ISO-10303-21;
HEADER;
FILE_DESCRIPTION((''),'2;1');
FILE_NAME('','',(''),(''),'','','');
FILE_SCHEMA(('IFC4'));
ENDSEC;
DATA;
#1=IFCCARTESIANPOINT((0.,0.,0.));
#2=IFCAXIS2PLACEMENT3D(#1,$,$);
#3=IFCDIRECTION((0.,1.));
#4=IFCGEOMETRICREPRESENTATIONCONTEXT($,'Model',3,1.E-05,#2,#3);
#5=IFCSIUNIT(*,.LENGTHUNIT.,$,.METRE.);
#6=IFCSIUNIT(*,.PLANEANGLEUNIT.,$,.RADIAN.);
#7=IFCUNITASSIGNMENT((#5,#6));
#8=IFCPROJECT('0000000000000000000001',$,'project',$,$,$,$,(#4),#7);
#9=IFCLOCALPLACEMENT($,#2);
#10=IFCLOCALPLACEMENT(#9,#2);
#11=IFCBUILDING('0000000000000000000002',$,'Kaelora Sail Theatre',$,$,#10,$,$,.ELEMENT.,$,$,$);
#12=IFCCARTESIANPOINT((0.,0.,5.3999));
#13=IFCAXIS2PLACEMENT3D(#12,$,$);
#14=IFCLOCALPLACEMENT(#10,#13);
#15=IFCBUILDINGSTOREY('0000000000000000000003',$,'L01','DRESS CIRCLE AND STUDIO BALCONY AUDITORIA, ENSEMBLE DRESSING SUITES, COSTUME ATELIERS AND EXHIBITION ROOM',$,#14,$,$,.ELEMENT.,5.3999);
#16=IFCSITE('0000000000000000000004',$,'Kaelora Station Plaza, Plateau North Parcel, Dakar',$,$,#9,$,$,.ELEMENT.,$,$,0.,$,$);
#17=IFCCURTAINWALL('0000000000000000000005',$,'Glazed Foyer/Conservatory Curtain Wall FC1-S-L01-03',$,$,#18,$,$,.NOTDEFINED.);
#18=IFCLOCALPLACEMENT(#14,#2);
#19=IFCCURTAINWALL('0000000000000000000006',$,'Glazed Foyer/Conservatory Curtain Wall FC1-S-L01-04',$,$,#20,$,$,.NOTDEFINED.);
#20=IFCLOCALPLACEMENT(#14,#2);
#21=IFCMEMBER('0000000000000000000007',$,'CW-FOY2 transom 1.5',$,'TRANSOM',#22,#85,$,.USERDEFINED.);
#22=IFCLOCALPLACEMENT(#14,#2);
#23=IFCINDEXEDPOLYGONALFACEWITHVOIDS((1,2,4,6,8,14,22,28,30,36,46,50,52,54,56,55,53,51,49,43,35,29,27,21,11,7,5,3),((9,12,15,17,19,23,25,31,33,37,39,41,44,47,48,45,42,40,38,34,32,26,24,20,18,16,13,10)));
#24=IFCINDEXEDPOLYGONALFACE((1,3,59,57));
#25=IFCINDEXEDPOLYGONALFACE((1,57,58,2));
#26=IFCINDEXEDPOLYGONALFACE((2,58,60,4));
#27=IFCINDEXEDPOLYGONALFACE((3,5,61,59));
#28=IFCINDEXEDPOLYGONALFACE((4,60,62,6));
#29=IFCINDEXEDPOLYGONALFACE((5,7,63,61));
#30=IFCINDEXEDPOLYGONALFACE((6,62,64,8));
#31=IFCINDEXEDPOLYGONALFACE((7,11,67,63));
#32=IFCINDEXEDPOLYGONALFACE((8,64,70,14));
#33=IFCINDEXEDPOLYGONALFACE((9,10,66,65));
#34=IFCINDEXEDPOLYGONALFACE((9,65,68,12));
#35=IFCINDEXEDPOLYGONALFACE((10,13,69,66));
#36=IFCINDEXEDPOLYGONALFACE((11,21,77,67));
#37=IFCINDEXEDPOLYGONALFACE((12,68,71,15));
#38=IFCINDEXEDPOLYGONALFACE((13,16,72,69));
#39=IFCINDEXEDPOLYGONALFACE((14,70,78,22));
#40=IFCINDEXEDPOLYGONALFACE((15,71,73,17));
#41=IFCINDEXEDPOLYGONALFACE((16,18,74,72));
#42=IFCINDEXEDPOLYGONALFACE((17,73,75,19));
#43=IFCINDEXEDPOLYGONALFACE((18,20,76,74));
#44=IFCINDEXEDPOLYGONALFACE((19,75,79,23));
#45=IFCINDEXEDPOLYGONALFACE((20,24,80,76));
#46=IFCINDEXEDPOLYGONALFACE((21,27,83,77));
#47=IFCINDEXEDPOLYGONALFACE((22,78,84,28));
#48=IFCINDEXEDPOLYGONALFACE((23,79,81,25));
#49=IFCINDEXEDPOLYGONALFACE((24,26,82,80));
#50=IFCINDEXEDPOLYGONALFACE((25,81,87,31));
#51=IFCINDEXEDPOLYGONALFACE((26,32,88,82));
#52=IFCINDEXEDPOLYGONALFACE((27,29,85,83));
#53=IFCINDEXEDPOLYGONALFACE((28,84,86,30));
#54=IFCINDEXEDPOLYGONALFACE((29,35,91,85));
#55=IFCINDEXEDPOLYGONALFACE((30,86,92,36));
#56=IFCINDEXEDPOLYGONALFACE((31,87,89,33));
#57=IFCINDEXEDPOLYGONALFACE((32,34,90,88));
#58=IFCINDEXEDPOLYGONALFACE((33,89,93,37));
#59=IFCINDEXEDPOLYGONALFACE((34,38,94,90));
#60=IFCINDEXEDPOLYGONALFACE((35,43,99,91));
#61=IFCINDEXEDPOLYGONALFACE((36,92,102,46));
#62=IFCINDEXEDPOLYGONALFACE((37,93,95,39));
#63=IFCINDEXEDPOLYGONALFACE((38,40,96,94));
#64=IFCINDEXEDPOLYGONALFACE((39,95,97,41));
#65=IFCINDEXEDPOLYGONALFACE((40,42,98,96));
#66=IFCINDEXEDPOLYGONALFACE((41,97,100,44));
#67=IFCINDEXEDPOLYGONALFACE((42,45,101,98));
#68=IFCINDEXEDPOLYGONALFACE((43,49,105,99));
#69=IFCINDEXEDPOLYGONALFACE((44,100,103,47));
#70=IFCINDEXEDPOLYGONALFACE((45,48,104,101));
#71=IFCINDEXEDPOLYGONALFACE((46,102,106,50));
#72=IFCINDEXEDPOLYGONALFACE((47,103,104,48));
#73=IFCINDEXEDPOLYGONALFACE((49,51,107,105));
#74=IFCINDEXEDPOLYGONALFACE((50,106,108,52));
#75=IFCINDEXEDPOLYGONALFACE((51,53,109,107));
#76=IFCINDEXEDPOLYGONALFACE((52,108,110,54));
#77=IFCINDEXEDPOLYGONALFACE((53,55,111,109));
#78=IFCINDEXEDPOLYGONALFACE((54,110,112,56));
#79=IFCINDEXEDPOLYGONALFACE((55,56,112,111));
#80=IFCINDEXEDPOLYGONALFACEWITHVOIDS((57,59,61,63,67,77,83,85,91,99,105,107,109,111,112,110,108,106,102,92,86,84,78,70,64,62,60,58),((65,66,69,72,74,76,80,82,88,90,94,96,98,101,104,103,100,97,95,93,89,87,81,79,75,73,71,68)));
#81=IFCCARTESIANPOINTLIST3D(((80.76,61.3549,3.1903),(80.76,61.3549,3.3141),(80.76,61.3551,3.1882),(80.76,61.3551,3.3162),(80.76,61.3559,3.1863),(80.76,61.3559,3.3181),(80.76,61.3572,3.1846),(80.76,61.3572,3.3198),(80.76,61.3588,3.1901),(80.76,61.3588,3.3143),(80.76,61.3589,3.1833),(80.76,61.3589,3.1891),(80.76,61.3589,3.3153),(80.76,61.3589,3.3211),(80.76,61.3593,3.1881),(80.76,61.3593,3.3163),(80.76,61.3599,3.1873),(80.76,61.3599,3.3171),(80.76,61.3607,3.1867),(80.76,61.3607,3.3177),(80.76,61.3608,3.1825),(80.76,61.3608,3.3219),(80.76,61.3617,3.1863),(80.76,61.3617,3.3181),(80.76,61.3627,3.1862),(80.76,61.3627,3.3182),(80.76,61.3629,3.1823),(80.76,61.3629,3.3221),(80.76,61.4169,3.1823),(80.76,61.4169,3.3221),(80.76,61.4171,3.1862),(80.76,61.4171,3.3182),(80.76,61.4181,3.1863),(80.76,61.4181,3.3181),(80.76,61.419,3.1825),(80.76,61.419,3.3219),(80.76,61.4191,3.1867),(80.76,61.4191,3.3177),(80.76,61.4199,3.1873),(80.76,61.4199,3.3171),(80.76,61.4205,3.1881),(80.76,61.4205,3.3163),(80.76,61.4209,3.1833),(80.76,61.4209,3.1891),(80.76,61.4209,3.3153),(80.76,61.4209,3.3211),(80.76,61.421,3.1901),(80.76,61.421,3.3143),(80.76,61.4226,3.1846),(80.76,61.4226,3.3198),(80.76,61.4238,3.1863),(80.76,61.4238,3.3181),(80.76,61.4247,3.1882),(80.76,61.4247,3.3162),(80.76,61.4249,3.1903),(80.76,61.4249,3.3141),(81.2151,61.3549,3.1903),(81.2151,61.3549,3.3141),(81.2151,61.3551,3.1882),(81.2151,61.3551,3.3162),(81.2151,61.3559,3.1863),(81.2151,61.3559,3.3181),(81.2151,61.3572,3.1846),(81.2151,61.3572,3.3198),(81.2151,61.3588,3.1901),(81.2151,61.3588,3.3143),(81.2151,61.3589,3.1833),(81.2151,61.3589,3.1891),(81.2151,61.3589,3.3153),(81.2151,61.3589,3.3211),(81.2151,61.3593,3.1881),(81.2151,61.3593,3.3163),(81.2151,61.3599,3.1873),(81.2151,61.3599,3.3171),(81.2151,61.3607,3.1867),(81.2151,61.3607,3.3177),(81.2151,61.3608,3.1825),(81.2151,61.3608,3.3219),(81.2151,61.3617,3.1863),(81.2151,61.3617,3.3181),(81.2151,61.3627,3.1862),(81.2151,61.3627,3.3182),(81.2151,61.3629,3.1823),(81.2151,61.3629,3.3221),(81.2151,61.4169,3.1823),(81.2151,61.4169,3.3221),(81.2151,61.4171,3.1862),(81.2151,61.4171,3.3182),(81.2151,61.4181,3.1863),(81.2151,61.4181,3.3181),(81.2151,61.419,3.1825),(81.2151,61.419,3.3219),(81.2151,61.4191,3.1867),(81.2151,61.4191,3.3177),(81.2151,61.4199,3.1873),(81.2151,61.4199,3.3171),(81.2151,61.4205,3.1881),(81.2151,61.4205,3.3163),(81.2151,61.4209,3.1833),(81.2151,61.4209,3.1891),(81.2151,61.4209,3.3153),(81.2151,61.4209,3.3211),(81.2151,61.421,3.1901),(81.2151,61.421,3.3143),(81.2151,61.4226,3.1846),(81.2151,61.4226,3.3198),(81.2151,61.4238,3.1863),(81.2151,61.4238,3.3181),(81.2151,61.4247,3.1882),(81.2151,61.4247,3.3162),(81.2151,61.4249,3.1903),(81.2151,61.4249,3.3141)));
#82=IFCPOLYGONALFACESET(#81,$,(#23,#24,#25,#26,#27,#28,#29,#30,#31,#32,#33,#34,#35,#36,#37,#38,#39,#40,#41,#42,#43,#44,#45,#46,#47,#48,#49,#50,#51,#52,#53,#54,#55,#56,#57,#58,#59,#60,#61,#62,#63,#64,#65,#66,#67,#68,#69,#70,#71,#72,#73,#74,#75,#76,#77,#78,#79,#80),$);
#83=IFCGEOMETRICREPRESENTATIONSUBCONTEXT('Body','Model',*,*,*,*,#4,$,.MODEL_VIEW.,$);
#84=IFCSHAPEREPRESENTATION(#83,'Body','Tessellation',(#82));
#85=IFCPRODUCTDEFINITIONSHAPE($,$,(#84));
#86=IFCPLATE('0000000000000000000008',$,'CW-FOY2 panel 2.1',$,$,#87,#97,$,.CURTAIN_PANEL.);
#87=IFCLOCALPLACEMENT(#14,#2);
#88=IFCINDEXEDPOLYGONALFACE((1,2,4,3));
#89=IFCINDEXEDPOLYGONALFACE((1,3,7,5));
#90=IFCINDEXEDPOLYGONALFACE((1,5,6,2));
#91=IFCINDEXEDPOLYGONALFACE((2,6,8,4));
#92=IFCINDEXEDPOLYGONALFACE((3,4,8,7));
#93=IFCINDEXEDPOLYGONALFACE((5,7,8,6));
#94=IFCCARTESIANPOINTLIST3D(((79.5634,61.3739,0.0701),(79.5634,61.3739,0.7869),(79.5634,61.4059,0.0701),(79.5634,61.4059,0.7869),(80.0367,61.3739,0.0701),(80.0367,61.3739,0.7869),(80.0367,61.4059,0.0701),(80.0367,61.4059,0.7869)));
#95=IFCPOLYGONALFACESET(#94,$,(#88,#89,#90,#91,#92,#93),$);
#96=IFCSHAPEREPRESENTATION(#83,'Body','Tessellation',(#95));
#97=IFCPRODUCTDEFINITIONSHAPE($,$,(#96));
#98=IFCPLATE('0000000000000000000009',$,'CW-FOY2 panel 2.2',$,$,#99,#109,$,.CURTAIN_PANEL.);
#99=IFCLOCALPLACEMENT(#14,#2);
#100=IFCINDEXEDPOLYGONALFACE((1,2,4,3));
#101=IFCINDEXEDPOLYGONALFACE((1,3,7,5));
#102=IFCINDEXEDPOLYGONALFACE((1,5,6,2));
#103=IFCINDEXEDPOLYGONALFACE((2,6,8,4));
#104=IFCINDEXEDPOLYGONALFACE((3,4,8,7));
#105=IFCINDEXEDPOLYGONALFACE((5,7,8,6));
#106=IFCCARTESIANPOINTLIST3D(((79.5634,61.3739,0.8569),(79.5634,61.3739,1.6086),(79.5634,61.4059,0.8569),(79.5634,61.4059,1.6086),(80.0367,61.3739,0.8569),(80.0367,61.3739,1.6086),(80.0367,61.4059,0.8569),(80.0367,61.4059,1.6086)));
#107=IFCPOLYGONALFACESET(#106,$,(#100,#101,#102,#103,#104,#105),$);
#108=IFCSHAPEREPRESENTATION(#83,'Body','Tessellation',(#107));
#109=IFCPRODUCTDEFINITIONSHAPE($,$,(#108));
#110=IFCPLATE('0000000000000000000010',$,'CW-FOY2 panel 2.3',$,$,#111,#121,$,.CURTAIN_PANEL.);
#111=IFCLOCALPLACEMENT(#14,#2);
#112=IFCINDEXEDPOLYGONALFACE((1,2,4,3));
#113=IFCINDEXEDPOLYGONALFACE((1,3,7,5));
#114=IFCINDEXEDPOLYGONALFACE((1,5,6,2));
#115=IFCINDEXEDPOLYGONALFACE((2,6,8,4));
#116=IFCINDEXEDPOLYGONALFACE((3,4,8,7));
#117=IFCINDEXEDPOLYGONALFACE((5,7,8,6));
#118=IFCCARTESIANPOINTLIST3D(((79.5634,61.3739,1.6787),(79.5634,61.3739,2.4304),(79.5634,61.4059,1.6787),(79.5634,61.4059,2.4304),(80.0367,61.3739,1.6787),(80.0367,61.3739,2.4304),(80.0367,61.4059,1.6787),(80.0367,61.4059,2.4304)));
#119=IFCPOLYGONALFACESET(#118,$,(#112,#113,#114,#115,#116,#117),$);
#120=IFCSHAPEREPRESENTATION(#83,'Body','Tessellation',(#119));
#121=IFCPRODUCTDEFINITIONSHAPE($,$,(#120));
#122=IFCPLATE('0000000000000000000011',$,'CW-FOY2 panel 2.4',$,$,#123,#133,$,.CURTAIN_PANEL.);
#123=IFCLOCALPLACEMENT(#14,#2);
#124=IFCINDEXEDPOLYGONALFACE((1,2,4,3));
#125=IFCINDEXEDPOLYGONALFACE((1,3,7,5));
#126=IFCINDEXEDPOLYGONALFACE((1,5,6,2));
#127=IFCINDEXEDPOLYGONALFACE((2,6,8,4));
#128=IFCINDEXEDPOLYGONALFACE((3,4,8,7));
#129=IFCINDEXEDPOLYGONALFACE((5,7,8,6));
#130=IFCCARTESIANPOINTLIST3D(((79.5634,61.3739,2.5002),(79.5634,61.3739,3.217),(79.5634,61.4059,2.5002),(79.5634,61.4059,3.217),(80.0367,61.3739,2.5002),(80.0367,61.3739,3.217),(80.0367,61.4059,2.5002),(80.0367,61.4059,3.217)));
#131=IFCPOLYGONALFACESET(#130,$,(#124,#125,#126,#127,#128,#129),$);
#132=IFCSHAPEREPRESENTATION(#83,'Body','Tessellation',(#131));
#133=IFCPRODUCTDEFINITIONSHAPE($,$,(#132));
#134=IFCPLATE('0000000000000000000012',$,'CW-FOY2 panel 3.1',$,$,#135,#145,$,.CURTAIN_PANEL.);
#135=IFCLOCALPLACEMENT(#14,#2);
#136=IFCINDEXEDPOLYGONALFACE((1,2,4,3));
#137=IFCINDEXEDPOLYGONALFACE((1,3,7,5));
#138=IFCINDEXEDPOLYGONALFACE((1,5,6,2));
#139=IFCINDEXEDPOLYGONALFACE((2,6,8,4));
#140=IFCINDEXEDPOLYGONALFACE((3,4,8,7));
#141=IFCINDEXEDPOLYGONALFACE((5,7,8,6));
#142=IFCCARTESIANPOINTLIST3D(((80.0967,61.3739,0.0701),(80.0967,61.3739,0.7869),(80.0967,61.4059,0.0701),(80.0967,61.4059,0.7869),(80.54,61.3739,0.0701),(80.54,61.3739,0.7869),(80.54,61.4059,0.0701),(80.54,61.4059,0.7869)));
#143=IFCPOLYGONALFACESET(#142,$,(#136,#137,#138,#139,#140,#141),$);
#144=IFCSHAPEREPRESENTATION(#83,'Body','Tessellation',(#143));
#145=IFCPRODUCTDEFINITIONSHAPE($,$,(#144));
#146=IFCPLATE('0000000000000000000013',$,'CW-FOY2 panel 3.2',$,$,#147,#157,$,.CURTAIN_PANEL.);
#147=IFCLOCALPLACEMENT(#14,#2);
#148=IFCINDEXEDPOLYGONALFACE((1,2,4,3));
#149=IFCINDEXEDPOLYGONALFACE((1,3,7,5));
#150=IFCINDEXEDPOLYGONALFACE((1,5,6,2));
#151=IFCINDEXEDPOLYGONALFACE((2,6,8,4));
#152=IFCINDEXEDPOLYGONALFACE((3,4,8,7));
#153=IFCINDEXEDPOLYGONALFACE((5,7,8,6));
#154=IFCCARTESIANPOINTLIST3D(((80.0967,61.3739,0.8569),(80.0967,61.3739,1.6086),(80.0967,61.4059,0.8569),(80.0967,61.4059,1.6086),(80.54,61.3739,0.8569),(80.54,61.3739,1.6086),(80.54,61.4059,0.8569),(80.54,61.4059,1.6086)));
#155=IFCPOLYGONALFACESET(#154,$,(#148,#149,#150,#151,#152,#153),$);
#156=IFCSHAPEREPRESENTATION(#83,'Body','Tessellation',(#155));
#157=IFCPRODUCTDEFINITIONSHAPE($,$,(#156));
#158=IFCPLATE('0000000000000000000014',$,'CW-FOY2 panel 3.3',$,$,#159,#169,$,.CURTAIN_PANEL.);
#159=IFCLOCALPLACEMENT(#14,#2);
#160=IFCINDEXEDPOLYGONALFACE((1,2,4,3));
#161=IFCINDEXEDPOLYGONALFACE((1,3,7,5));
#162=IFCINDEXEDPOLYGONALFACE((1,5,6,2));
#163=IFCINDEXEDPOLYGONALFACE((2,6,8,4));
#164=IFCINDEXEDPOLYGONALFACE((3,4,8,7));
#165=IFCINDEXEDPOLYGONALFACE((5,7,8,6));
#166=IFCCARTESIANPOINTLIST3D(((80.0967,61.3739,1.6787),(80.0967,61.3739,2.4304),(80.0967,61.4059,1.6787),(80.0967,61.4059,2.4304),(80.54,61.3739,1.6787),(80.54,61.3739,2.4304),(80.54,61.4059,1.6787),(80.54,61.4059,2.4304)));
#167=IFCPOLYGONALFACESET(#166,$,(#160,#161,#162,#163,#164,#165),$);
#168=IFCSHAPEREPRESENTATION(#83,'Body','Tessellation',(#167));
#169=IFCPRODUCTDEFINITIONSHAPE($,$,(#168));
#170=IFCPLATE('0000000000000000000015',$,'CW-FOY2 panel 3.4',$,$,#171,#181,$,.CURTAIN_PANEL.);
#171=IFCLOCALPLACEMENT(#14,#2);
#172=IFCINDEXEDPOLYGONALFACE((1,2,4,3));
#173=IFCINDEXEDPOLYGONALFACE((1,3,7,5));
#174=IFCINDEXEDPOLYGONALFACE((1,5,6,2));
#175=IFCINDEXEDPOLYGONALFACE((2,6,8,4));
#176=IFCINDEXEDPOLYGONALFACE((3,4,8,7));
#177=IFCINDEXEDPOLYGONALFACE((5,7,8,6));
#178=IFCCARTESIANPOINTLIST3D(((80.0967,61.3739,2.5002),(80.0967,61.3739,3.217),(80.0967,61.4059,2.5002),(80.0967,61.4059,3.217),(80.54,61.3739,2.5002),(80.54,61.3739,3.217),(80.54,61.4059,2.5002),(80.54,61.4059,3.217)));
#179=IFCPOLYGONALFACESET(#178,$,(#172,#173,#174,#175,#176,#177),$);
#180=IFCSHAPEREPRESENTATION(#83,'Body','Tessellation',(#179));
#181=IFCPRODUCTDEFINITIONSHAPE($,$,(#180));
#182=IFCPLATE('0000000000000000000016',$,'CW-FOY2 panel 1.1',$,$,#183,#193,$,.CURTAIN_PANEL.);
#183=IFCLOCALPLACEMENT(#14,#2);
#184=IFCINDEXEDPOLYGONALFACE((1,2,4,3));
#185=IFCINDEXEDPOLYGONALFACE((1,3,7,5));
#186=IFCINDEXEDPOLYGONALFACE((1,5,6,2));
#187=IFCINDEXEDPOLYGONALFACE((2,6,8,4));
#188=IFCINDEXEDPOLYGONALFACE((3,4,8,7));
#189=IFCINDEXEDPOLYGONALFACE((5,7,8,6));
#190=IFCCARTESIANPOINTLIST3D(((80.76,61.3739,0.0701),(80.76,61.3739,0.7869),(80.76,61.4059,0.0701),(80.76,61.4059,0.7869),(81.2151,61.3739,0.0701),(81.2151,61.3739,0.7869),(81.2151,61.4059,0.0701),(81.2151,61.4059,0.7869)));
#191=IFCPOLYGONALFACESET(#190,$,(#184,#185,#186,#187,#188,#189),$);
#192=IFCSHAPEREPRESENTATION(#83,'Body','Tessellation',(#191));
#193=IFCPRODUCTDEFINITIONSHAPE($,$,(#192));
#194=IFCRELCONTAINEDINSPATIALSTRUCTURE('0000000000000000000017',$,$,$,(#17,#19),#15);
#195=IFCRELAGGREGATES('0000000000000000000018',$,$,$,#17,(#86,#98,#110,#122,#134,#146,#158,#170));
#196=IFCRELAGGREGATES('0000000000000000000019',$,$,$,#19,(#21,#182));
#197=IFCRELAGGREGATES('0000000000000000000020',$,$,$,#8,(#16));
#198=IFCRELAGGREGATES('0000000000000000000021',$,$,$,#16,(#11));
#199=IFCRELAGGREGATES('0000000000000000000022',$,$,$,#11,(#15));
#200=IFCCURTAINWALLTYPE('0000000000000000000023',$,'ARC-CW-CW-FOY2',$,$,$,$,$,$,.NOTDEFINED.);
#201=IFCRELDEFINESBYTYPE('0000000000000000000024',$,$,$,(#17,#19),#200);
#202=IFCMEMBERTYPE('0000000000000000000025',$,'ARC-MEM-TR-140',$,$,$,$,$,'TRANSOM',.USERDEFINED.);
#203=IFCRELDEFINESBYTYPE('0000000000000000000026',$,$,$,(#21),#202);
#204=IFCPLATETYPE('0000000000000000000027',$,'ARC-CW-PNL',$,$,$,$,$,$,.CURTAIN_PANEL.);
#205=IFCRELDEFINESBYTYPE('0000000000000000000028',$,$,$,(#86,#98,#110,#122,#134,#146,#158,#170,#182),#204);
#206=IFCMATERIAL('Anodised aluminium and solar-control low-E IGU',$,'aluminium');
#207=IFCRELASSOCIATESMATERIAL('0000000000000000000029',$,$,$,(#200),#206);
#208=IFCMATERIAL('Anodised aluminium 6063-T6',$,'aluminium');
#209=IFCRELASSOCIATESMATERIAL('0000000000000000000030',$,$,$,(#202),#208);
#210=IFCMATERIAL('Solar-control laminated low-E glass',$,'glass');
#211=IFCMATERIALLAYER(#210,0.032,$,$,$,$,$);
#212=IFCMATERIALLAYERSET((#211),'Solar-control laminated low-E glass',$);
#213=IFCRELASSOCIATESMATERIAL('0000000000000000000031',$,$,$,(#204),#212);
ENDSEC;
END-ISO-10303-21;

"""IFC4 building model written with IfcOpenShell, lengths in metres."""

from ifc_helpers import new_model, si_unit, direction, frame, origin, origin_2d, place, context, subcontext, project, spatial, rectangle, hollow_rectangle, extrude, material, layer, layer_set, material_profile, profile_set, type_object, element, aggregate, save


model = new_model("IFC4")

# Units and contexts
model_context = context("Model", 3, precision=1e-05, world=origin(), true_north=direction((0.0, 1.0)))
body_context = subcontext(model_context, "Body", "Model", "MODEL_VIEW")
ifc_project = project(units=[si_unit("LENGTHUNIT", "METRE"), si_unit("PLANEANGLEUNIT", "RADIAN")], contexts=[model_context])

# Site, building, storey
site_placement = place(None, origin())
site = spatial("IfcSite", under=ifc_project, at=site_placement, Name="Kaelora Station Plaza, Plateau North Parcel, Dakar", CompositionType="ELEMENT", RefElevation=0.0)
building_placement = place(site_placement, origin())
building = spatial("IfcBuilding", under=site, at=building_placement, Name="Kaelora Sail Theatre", CompositionType="ELEMENT")
storey_placement = place(building_placement, frame((0.0, 0.0, 5.3999)))
storey = spatial("IfcBuildingStorey", under=building, at=storey_placement, Name="L01", Description="DRESS CIRCLE AND STUDIO BALCONY AUDITORIA, ENSEMBLE DRESSING SUITES, COSTUME ATELIERS AND EXHIBITION ROOM", CompositionType="ELEMENT", Elevation=5.3999)

# Curtain wall
ifc_material_1 = material(Name="Anodised aluminium and solar-control low-E IGU", Category="aluminium")
curtain_wall_type = type_object("IfcCurtainWallType", Name="ARC-CW-CW-FOY2", PredefinedType="NOTDEFINED", material=ifc_material_1)
curtain_wall_1_placement = place(storey_placement, origin())
curtain_wall_1 = element("IfcCurtainWall", 1, at=curtain_wall_1_placement, inside=storey, type_object=curtain_wall_type, Name="Glazed Foyer/Conservatory Curtain Wall FC1-S-L01-03", PredefinedType="NOTDEFINED")

# Curtain wall
curtain_wall_2_placement = place(storey_placement, origin())
curtain_wall_2 = element("IfcCurtainWall", 2, at=curtain_wall_2_placement, inside=storey, type_object=curtain_wall_type, Name="Glazed Foyer/Conservatory Curtain Wall FC1-S-L01-04", PredefinedType="NOTDEFINED")

# Member
ifc_material_2 = material(Name="Anodised aluminium 6063-T6", Category="aluminium")
ifc_material_profile_1 = material_profile(ifc_material_2, hollow_rectangle(XDim=0.0701, YDim=0.1399, WallThickness=0.0039, InnerFilletRadius=0.0039, OuterFilletRadius=0.0081, at=origin_2d()), Name="ALU-TRAN 70x140x4")
ifc_profile_set_1 = profile_set([ifc_material_profile_1], Name="Anodised aluminium 6063-T6")
member_type_1 = type_object("IfcMemberType", Name="ARC-MEM-TR-140", ElementType="TRANSOM", PredefinedType="USERDEFINED", material=ifc_profile_set_1)
member_1_placement = place(storey_placement, frame((80.76, 61.3899, 3.2522), z_axis=(1.0, 0.0, 0.0), x_axis=(0.0, 1.0, 0.0)))
member_1 = element("IfcMember", 3, at=member_1_placement, type_object=member_type_1, Name="CW-FOY2 transom 1.5", ObjectType="TRANSOM", PredefinedType="USERDEFINED", context=body_context, shape_type="SweptSolid", body=[
    extrude(hollow_rectangle(XDim=0.0701, YDim=0.1399, WallThickness=0.0039, InnerFilletRadius=0.0039, OuterFilletRadius=0.0081, at=origin_2d()), origin(), (0.0, 0.0, 1.0), 0.4551),
])

# Plates
ifc_material_3 = material(Name="Solar-control laminated low-E glass", Category="glass")
ifc_layer = layer(ifc_material_3, 0.032)
ifc_layer_set = layer_set([ifc_layer], Name="Solar-control laminated low-E glass")
plate_type = type_object("IfcPlateType", Name="ARC-CW-PNL", PredefinedType="CURTAIN_PANEL", material=ifc_layer_set)
plate_1_placement = place(storey_placement, frame((79.8, 61.3899, 0.0701), z_axis=(0.0, 0.0, 1.0), x_axis=(1.0, 0.0, 0.0)))
plate_1 = element("IfcPlate", 4, at=plate_1_placement, type_object=plate_type, Name="CW-FOY2 panel 2.1", PredefinedType="CURTAIN_PANEL", context=body_context, shape_type="SweptSolid", body=[
    extrude(rectangle(XDim=0.4734, YDim=0.032, at=origin_2d()), origin(), (0.0, 0.0, 1.0), 0.7168),
])
plate_2_placement = place(storey_placement, frame((79.8, 61.3899, 0.8569), z_axis=(0.0, 0.0, 1.0), x_axis=(1.0, 0.0, 0.0)))
plate_2 = element("IfcPlate", 5, at=plate_2_placement, type_object=plate_type, Name="CW-FOY2 panel 2.2", PredefinedType="CURTAIN_PANEL", context=body_context, shape_type="SweptSolid", body=[
    extrude(rectangle(XDim=0.4734, YDim=0.032, at=origin_2d()), origin(), (0.0, 0.0, 1.0), 0.7517),
])
plate_3_placement = place(storey_placement, frame((79.8, 61.3899, 1.6787), z_axis=(0.0, 0.0, 1.0), x_axis=(1.0, 0.0, 0.0)))
plate_3 = element("IfcPlate", 6, at=plate_3_placement, type_object=plate_type, Name="CW-FOY2 panel 2.3", PredefinedType="CURTAIN_PANEL", context=body_context, shape_type="SweptSolid", body=[
    extrude(rectangle(XDim=0.4734, YDim=0.032, at=origin_2d()), origin(), (0.0, 0.0, 1.0), 0.7517),
])
plate_4_placement = place(storey_placement, frame((79.8, 61.3899, 2.5002), z_axis=(0.0, 0.0, 1.0), x_axis=(1.0, 0.0, 0.0)))
plate_4 = element("IfcPlate", 7, at=plate_4_placement, type_object=plate_type, Name="CW-FOY2 panel 2.4", PredefinedType="CURTAIN_PANEL", context=body_context, shape_type="SweptSolid", body=[
    extrude(rectangle(XDim=0.4734, YDim=0.032, at=origin_2d()), origin(), (0.0, 0.0, 1.0), 0.7168),
])
plate_5_placement = place(storey_placement, frame((80.3184, 61.3899, 0.0701), z_axis=(0.0, 0.0, 1.0), x_axis=(1.0, 0.0, 0.0)))
plate_5 = element("IfcPlate", 8, at=plate_5_placement, type_object=plate_type, Name="CW-FOY2 panel 3.1", PredefinedType="CURTAIN_PANEL", context=body_context, shape_type="SweptSolid", body=[
    extrude(rectangle(XDim=0.4434, YDim=0.032, at=origin_2d()), origin(), (0.0, 0.0, 1.0), 0.7168),
])
plate_6_placement = place(storey_placement, frame((80.3184, 61.3899, 0.8569), z_axis=(0.0, 0.0, 1.0), x_axis=(1.0, 0.0, 0.0)))
plate_6 = element("IfcPlate", 9, at=plate_6_placement, type_object=plate_type, Name="CW-FOY2 panel 3.2", PredefinedType="CURTAIN_PANEL", context=body_context, shape_type="SweptSolid", body=[
    extrude(rectangle(XDim=0.4434, YDim=0.032, at=origin_2d()), origin(), (0.0, 0.0, 1.0), 0.7517),
])
plate_7_placement = place(storey_placement, frame((80.3184, 61.3899, 1.6787), z_axis=(0.0, 0.0, 1.0), x_axis=(1.0, 0.0, 0.0)))
plate_7 = element("IfcPlate", 10, at=plate_7_placement, type_object=plate_type, Name="CW-FOY2 panel 3.3", PredefinedType="CURTAIN_PANEL", context=body_context, shape_type="SweptSolid", body=[
    extrude(rectangle(XDim=0.4434, YDim=0.032, at=origin_2d()), origin(), (0.0, 0.0, 1.0), 0.7517),
])
plate_8_placement = place(storey_placement, frame((80.3184, 61.3899, 2.5002), z_axis=(0.0, 0.0, 1.0), x_axis=(1.0, 0.0, 0.0)))
plate_8 = element("IfcPlate", 11, at=plate_8_placement, type_object=plate_type, Name="CW-FOY2 panel 3.4", PredefinedType="CURTAIN_PANEL", context=body_context, shape_type="SweptSolid", body=[
    extrude(rectangle(XDim=0.4434, YDim=0.032, at=origin_2d()), origin(), (0.0, 0.0, 1.0), 0.7168),
])
aggregate(curtain_wall_1, [plate_1, plate_2, plate_3, plate_4, plate_5, plate_6, plate_7, plate_8])
plate_9_placement = place(storey_placement, frame((80.9875, 61.3899, 0.0701), z_axis=(0.0, 0.0, 1.0), x_axis=(1.0, 0.0, 0.0)))
plate_9 = element("IfcPlate", 12, at=plate_9_placement, type_object=plate_type, Name="CW-FOY2 panel 1.1", PredefinedType="CURTAIN_PANEL", context=body_context, shape_type="SweptSolid", body=[
    extrude(rectangle(XDim=0.4551, YDim=0.032, at=origin_2d()), origin(), (0.0, 0.0, 1.0), 0.7168),
])
aggregate(curtain_wall_2, [member_1, plate_9])

save(model, "model.ifc")
